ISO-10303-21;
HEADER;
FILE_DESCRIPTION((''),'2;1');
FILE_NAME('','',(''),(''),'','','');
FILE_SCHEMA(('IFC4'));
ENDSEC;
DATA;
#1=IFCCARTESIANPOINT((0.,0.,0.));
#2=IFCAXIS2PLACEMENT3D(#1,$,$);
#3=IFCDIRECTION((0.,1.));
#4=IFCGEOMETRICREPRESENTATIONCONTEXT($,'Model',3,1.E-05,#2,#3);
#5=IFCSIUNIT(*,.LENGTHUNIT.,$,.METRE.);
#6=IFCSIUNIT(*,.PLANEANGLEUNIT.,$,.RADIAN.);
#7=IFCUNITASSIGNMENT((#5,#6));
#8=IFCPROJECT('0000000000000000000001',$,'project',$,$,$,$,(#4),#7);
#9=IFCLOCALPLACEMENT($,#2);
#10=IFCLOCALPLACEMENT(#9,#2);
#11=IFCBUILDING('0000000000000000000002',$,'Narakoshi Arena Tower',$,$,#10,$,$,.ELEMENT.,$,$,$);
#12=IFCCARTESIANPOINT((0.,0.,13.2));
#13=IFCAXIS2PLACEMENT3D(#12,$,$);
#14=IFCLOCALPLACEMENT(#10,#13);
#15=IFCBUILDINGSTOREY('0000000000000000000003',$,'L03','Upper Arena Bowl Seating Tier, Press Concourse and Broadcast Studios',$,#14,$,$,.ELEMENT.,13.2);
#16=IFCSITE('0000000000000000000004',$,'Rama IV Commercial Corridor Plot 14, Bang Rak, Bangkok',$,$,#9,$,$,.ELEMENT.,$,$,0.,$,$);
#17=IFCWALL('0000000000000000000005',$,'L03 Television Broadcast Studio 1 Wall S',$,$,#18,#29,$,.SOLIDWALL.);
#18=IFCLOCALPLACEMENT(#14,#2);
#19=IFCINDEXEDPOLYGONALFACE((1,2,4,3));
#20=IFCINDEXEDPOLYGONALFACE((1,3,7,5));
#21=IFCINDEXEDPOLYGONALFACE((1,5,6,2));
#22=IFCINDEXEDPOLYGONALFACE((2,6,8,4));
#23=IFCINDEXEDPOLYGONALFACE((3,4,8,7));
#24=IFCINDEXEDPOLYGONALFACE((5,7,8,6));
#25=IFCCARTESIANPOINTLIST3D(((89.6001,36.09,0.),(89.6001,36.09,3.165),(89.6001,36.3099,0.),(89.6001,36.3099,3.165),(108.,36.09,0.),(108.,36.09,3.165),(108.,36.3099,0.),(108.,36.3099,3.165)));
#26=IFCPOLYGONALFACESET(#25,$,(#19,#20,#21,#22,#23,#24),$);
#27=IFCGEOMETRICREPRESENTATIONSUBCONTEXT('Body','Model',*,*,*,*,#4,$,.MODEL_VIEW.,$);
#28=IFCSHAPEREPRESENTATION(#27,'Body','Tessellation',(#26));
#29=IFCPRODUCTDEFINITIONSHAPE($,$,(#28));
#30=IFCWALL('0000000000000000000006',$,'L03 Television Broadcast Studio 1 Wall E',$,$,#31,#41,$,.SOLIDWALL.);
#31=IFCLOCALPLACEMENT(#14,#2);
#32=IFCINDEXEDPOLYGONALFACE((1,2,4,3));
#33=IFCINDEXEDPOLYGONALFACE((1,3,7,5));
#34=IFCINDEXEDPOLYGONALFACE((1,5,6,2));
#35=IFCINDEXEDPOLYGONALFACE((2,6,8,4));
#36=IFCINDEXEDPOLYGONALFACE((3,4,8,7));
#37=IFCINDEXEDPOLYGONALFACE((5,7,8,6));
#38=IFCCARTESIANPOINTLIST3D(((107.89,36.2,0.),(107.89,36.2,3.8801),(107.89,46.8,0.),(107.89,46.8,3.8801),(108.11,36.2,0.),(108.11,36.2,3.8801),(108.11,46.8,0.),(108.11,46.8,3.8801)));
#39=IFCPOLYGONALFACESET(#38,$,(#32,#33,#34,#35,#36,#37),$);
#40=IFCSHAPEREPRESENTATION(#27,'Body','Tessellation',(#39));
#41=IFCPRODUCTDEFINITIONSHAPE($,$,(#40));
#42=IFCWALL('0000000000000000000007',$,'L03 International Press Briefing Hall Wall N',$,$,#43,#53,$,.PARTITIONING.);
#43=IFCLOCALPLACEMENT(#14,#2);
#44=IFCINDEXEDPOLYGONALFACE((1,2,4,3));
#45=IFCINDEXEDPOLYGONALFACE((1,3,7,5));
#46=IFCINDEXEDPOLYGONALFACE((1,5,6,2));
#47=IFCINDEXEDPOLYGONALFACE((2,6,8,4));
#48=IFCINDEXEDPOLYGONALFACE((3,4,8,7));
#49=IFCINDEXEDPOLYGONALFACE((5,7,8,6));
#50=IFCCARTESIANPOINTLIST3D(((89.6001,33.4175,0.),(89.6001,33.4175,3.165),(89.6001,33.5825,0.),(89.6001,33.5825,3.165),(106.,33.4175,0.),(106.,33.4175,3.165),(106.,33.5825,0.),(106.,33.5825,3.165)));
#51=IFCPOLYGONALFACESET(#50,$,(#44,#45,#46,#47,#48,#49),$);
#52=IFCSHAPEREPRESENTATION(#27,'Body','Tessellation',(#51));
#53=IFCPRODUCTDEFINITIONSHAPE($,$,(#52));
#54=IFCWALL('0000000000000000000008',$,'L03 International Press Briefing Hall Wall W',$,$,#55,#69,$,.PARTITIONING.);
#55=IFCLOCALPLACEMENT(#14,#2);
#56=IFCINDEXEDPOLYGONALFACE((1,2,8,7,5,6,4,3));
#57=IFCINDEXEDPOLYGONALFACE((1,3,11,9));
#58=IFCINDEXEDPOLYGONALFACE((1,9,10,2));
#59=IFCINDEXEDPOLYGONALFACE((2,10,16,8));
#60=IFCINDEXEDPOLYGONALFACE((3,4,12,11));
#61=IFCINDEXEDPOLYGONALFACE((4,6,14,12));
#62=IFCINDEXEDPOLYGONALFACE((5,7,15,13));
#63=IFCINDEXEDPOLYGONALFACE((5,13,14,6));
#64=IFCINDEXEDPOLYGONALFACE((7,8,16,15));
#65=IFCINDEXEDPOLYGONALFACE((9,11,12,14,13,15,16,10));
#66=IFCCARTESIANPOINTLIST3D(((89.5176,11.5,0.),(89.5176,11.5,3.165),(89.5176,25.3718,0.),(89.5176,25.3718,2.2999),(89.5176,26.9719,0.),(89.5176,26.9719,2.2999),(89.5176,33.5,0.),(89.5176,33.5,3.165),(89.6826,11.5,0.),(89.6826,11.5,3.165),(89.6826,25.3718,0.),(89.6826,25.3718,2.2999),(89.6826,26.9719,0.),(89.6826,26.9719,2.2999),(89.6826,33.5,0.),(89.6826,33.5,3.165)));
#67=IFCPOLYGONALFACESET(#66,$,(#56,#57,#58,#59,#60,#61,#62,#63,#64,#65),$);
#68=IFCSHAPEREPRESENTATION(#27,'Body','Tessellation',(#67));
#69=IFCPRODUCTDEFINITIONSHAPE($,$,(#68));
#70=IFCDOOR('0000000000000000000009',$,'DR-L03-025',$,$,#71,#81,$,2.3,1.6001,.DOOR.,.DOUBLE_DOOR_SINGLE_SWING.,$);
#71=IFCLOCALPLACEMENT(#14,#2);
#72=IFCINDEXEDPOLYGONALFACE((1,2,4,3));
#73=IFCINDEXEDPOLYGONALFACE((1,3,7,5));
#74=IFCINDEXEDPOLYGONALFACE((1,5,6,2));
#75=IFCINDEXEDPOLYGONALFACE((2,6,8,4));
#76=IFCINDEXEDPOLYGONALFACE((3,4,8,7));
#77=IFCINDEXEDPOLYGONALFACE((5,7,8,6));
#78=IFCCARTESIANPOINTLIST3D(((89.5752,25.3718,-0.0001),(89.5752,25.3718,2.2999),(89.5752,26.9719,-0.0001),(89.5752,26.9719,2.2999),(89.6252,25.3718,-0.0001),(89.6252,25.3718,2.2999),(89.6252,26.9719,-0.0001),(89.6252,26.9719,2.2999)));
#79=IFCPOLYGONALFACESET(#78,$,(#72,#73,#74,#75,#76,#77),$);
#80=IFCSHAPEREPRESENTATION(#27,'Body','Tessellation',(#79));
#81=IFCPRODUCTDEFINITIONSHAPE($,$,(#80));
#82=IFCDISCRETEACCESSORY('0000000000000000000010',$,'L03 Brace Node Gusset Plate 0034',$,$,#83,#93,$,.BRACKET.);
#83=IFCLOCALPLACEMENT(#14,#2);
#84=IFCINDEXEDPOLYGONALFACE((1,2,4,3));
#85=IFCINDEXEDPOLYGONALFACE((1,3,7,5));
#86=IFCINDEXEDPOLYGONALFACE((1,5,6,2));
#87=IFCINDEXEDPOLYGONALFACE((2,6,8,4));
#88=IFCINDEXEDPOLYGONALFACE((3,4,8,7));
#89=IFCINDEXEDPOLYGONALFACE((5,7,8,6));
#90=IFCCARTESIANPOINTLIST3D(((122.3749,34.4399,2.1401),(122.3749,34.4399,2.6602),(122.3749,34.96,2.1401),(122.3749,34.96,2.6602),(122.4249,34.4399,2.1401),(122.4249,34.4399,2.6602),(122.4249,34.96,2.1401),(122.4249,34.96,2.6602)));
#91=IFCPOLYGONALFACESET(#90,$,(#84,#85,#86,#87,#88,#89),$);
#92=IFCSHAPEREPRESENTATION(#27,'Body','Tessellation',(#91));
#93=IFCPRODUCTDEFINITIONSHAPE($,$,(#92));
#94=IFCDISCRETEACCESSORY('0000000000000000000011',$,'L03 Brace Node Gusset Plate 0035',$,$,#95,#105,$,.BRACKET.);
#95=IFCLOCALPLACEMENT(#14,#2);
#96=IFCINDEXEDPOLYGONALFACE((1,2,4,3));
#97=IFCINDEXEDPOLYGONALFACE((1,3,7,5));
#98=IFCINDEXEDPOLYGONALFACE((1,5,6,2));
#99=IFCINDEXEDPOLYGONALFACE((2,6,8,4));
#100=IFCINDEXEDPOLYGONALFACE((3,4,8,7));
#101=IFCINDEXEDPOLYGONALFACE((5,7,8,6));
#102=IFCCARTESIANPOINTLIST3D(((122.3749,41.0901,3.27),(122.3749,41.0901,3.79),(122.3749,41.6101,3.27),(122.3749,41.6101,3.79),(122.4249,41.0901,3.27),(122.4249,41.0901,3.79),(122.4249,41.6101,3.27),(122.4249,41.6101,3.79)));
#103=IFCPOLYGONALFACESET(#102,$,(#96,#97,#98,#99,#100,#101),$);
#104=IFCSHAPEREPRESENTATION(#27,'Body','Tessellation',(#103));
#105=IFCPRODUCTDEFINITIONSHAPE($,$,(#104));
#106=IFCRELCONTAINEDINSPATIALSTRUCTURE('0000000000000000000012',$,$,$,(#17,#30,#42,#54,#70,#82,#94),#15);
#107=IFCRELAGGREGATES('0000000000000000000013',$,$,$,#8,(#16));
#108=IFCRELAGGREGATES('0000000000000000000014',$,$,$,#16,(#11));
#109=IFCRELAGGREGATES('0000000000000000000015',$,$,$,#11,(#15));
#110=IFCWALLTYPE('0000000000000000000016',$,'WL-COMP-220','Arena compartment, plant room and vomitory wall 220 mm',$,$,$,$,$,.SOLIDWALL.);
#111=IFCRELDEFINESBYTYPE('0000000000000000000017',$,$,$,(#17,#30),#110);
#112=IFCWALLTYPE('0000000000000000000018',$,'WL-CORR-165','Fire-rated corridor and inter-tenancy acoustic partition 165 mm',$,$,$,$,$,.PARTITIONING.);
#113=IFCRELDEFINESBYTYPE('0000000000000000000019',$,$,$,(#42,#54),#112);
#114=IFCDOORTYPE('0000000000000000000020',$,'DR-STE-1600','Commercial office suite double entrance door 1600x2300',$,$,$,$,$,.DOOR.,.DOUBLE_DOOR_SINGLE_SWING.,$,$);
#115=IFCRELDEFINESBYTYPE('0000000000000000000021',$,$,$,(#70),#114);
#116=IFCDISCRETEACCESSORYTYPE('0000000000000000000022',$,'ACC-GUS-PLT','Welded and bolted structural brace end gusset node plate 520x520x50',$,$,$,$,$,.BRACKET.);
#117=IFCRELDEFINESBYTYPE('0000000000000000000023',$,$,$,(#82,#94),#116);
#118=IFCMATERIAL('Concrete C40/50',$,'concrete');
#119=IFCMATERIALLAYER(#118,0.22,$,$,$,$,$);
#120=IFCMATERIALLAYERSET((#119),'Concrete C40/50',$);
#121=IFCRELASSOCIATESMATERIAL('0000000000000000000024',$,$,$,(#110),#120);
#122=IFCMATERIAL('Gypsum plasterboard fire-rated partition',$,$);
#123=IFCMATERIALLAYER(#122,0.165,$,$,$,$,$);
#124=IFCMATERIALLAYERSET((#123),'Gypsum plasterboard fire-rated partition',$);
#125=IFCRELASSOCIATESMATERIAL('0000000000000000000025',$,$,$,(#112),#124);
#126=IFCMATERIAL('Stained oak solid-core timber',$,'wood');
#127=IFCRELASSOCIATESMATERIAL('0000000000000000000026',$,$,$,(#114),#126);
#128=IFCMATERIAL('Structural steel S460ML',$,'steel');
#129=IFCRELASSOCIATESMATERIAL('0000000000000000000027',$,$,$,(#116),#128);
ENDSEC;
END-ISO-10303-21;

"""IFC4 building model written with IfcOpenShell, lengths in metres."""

from ifc_helpers import new_model, si_unit, direction, frame, frame_2d, origin, origin_2d, place, context, subcontext, project, spatial, rectangle, extrude, material, layer, layer_set, type_object, element, fill, save


model = new_model("IFC4")

# Units and contexts
model_context = context("Model", 3, precision=1e-05, world=origin(), true_north=direction((0.0, 1.0)))
body_context = subcontext(model_context, "Body", "Model", "MODEL_VIEW")
ifc_project = project(units=[si_unit("LENGTHUNIT", "METRE"), si_unit("PLANEANGLEUNIT", "RADIAN")], contexts=[model_context])

# Site, building, storey
site_placement = place(None, origin())
site = spatial("IfcSite", under=ifc_project, at=site_placement, Name="Rama IV Commercial Corridor Plot 14, Bang Rak, Bangkok", CompositionType="ELEMENT", RefElevation=0.0)
building_placement = place(site_placement, origin())
building = spatial("IfcBuilding", under=site, at=building_placement, Name="Narakoshi Arena Tower", CompositionType="ELEMENT")
storey_placement = place(building_placement, frame((0.0, 0.0, 13.2)))
storey = spatial("IfcBuildingStorey", under=building, at=storey_placement, Name="L03", Description="Upper Arena Bowl Seating Tier, Press Concourse and Broadcast Studios", CompositionType="ELEMENT", Elevation=13.2)

# Walls
ifc_material_1 = material(Name="Concrete C40/50", Category="concrete")
ifc_layer_1 = layer(ifc_material_1, 0.22)
ifc_layer_set_1 = layer_set([ifc_layer_1], Name="Concrete C40/50")
wall_type_1 = type_object("IfcWallType", Name="WL-COMP-220", Description="Arena compartment, plant room and vomitory wall 220 mm", PredefinedType="SOLIDWALL", material=ifc_layer_set_1)
wall_1_placement = place(storey_placement, frame((89.6001, 36.2, 0.0), z_axis=(0.0, 0.0, 1.0), x_axis=(1.0, 0.0, 0.0)))
element("IfcWall", 1, at=wall_1_placement, inside=storey, type_object=wall_type_1, Name="L03 Television Broadcast Studio 1 Wall S", PredefinedType="SOLIDWALL", context=body_context, shape_type="SweptSolid", body=[
    extrude(rectangle(XDim=18.3999, YDim=0.22, at=frame_2d((9.2, 0.0))), origin(), (0.0, 0.0, 1.0), 3.165),
])
wall_2_placement = place(storey_placement, frame((108.0, 36.2, 0.0), z_axis=(0.0, 0.0, 1.0), x_axis=(0.0, 1.0, 0.0)))
element("IfcWall", 2, at=wall_2_placement, inside=storey, type_object=wall_type_1, Name="L03 Television Broadcast Studio 1 Wall E", PredefinedType="SOLIDWALL", context=body_context, shape_type="SweptSolid", body=[
    extrude(rectangle(XDim=10.6001, YDim=0.22, at=frame_2d((5.3, 0.0))), origin(), (0.0, 0.0, 1.0), 3.8801),
])
ifc_material_2 = material(Name="Gypsum plasterboard fire-rated partition")
ifc_layer_2 = layer(ifc_material_2, 0.165)
ifc_layer_set_2 = layer_set([ifc_layer_2], Name="Gypsum plasterboard fire-rated partition")
wall_type_2 = type_object("IfcWallType", Name="WL-CORR-165", Description="Fire-rated corridor and inter-tenancy acoustic partition 165 mm", PredefinedType="PARTITIONING", material=ifc_layer_set_2)
wall_3_placement = place(storey_placement, frame((106.0, 33.5, 0.0), z_axis=(0.0, 0.0, 1.0), x_axis=(-1.0, 0.0, 0.0)))
element("IfcWall", 3, at=wall_3_placement, inside=storey, type_object=wall_type_2, Name="L03 International Press Briefing Hall Wall N", PredefinedType="PARTITIONING", context=body_context, shape_type="SweptSolid", body=[
    extrude(rectangle(XDim=16.3999, YDim=0.165, at=frame_2d((8.2, 0.0))), origin(), (0.0, 0.0, 1.0), 3.165),
])

# Wall, opening, door
wall_4_placement = place(storey_placement, frame((89.6001, 33.5, 0.0), z_axis=(0.0, 0.0, 1.0), x_axis=(0.0, -1.0, 0.0)))
wall_4 = element("IfcWall", 4, at=wall_4_placement, inside=storey, type_object=wall_type_2, Name="L03 International Press Briefing Hall Wall W", PredefinedType="PARTITIONING", context=body_context, shape_type="SweptSolid", body=[
    extrude(rectangle(XDim=22.0, YDim=0.165, at=frame_2d((11.0, 0.0))), origin(), (0.0, 0.0, 1.0), 3.165),
])
opening_placement = place(wall_4_placement, frame((6.5281, 0.0, 0.0)))
opening = element("IfcOpeningElement", 5, at=opening_placement, cuts=wall_4, PredefinedType="OPENING", context=body_context, shape_type="SweptSolid", body=[
    extrude(rectangle(XDim=1.6001, YDim=2.3, at=frame_2d((0.8, 1.1499))), frame((0.0, 0.0925, 0.0), z_axis=(0.0, -1.0, 0.0), x_axis=(1.0, 0.0, 0.0)), (0.0, 0.0, 1.0), 0.1851),
])
ifc_material_3 = material(Name="Stained oak solid-core timber", Category="wood")
door_type = type_object("IfcDoorType", Name="DR-STE-1600", Description="Commercial office suite double entrance door 1600x2300", OperationType="DOUBLE_DOOR_SINGLE_SWING", PredefinedType="DOOR", material=ifc_material_3)
door_placement = place(opening_placement, frame((1.6001, 0.0, 0.0), z_axis=(0.0, 0.0, 1.0), x_axis=(-1.0, 0.0, 0.0)))
door = element("IfcDoor", 6, at=door_placement, inside=storey, type_object=door_type, Name="DR-L03-025", OperationType="DOUBLE_DOOR_SINGLE_SWING", OverallHeight=2.3, OverallWidth=1.6001, PredefinedType="DOOR", context=body_context, shape_type="SweptSolid", body=[
    extrude(rectangle(XDim=1.6001, YDim=2.3, at=frame_2d((0.8, 1.1499))), frame((0.0, 0.0249, 0.0), z_axis=(0.0, -1.0, 0.0), x_axis=(1.0, 0.0, 0.0)), (0.0, 0.0, 1.0), 0.05),
])
fill(opening, door)

# Discrete accessories
ifc_material_4 = material(Name="Structural steel S460ML", Category="steel")
discrete_accessory_type = type_object("IfcDiscreteAccessoryType", Name="ACC-GUS-PLT", Description="Welded and bolted structural brace end gusset node plate 520x520x50", PredefinedType="BRACKET", material=ifc_material_4)
for number, where, z_axis, x_axis, name in (
    (7, (122.3999, 34.7, 2.1401), (0.0, 0.0, 1.0), (0.0, 1.0, 0.0), "L03 Brace Node Gusset Plate 0034"),
    (8, (122.3999, 41.3501, 3.27), (0.0, 0.0, 1.0), (0.0, 1.0, 0.0), "L03 Brace Node Gusset Plate 0035"),
):
    element("IfcDiscreteAccessory", number, at=place(storey_placement, frame(where, z_axis=z_axis, x_axis=x_axis)), inside=storey, type_object=discrete_accessory_type, Name=name, PredefinedType="BRACKET", context=body_context, shape_type="SweptSolid", body=[
        extrude(rectangle(XDim=0.52, YDim=0.05, at=origin_2d()), origin(), (0.0, 0.0, 1.0), 0.52),
    ])

save(model, "model.ifc")
